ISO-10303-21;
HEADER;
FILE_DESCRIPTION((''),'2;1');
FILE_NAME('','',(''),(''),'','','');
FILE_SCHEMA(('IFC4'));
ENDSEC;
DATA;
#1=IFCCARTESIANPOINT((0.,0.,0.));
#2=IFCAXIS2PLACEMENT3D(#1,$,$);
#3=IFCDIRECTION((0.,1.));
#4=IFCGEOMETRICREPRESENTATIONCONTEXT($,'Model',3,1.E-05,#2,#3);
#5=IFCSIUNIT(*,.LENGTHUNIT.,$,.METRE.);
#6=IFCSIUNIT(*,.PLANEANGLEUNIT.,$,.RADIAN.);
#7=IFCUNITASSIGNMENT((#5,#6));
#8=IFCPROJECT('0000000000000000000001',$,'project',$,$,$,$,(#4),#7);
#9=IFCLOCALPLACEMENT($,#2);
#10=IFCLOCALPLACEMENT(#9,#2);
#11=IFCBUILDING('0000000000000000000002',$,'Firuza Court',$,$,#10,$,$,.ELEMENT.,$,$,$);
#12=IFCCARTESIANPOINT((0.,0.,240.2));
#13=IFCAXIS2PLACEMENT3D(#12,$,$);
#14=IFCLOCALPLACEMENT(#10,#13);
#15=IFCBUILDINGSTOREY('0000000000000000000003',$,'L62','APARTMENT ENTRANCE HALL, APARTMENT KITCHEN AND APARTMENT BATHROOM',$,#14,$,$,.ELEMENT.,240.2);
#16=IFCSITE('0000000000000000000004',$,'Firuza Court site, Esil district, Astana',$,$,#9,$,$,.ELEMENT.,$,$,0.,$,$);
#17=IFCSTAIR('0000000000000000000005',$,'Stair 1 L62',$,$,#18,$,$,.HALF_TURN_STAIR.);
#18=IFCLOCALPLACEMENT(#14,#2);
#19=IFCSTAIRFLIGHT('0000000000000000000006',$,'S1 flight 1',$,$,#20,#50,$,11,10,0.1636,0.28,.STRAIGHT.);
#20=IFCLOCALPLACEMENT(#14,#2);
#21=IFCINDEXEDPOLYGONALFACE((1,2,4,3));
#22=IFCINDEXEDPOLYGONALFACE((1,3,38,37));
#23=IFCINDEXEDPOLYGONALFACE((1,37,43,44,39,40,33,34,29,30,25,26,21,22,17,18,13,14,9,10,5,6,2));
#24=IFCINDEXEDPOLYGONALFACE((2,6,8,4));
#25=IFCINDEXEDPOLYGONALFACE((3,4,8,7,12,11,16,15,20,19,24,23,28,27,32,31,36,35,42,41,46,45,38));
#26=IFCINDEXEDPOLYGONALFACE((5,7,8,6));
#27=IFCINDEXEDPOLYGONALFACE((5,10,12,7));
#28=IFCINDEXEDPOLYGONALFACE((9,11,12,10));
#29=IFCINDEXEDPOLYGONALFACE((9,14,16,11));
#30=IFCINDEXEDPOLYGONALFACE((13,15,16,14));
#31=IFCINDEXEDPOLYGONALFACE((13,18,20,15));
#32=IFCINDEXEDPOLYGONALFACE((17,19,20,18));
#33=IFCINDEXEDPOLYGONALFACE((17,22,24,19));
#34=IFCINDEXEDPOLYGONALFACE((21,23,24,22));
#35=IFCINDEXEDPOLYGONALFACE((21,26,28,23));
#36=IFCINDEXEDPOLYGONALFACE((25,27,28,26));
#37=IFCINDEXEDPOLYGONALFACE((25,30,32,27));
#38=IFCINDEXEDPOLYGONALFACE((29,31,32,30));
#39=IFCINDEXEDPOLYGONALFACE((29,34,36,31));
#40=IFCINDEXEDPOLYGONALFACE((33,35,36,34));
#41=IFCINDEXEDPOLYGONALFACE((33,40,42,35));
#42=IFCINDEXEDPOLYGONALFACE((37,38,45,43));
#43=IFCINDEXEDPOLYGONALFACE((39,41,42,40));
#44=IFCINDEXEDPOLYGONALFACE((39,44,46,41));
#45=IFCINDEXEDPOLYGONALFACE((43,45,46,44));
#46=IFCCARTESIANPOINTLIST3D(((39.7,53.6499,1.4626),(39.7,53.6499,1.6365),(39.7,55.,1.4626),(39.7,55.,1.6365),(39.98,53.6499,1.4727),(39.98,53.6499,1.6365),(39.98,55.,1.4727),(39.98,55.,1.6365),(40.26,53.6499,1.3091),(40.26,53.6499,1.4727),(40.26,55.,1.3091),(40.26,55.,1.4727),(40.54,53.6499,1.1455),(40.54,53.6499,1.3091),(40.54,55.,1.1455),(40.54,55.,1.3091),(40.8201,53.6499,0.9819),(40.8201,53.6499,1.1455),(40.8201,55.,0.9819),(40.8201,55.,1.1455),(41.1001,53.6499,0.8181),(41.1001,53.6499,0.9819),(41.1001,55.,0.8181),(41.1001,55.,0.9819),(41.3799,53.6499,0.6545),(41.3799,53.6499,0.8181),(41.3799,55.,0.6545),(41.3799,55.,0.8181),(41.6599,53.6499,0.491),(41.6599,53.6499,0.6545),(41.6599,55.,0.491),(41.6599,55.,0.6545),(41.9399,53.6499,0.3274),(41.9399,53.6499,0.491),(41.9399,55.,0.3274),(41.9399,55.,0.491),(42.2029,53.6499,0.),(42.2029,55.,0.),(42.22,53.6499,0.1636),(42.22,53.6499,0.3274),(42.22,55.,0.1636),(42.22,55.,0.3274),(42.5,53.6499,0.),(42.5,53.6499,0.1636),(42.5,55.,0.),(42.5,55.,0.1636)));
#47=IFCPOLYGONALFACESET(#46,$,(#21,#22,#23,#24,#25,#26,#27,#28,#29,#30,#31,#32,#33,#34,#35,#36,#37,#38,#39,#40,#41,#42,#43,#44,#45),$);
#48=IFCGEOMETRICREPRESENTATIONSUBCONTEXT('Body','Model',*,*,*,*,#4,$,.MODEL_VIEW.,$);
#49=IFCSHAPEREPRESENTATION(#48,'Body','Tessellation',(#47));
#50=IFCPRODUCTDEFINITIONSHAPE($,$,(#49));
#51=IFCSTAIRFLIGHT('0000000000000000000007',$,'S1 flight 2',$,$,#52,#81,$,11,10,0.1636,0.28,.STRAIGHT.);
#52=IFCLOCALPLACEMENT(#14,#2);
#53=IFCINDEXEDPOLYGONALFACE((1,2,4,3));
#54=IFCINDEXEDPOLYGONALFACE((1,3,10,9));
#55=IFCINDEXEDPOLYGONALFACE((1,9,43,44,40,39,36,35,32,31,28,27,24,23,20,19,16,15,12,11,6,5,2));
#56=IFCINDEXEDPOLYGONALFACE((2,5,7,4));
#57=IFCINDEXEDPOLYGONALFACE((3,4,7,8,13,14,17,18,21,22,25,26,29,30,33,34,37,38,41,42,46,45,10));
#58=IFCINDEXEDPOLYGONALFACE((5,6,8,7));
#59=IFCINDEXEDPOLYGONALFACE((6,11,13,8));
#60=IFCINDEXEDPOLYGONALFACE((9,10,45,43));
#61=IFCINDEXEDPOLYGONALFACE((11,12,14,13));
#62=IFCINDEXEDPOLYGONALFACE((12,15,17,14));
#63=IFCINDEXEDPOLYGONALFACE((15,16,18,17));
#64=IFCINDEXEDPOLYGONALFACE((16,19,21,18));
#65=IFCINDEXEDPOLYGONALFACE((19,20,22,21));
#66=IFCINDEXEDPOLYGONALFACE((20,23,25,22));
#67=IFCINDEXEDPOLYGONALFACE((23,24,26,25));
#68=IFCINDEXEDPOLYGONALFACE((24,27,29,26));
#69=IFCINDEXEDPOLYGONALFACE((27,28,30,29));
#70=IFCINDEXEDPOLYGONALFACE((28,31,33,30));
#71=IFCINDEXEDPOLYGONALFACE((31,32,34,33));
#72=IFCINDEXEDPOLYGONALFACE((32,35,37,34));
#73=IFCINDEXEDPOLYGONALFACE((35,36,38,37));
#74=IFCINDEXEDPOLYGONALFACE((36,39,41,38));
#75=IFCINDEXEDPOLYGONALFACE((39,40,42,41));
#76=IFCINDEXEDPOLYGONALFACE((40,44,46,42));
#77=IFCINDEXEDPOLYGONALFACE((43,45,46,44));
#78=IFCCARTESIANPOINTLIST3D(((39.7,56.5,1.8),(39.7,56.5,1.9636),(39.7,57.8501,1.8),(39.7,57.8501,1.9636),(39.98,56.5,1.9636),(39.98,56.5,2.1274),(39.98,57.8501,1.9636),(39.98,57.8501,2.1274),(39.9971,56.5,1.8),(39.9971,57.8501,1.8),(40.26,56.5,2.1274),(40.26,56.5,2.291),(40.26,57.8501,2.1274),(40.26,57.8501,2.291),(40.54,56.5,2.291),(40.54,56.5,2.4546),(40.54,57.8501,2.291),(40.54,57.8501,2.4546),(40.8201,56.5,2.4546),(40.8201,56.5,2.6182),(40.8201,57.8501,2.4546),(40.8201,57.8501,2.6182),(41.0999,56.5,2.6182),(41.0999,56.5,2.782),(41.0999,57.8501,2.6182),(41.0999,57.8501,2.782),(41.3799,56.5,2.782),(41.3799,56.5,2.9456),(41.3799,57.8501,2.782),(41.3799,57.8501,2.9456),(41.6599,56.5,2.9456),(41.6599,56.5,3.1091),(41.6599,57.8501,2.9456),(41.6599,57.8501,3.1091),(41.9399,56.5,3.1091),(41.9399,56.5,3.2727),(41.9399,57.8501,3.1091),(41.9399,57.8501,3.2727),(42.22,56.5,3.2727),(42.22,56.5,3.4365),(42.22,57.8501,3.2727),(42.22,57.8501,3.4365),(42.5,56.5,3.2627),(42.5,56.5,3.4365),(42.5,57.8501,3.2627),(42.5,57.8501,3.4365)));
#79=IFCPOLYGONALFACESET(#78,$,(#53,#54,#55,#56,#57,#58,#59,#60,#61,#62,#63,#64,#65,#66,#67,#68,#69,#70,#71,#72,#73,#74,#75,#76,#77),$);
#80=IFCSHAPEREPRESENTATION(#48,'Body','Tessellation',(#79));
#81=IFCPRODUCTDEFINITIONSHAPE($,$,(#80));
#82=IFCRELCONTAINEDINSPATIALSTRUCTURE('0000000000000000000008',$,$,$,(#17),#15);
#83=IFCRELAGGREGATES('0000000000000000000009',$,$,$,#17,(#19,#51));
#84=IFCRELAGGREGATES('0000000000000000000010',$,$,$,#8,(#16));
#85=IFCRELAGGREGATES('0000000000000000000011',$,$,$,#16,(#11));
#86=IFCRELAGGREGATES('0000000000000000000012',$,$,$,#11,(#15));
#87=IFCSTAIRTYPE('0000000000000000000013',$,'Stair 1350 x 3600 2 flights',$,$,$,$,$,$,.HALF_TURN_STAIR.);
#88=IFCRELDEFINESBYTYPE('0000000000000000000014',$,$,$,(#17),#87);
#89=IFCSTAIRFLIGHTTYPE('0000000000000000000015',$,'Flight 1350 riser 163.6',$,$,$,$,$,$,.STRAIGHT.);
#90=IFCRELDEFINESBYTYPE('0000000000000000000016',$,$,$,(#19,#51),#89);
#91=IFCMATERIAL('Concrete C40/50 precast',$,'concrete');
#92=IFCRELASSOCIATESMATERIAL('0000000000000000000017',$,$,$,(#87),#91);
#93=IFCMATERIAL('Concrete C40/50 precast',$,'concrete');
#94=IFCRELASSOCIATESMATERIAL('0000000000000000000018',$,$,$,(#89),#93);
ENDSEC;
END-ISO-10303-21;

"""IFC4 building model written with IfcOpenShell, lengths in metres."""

from ifc_helpers import new_model, si_unit, direction, frame, origin, place, context, subcontext, project, spatial, polyline, outline, extrude, material, type_object, element, aggregate, save


model = new_model("IFC4")

# Units and contexts
model_context = context("Model", 3, precision=1e-05, world=origin(), true_north=direction((0.0, 1.0)))
body_context = subcontext(model_context, "Body", "Model", "MODEL_VIEW")
ifc_project = project(units=[si_unit("LENGTHUNIT", "METRE"), si_unit("PLANEANGLEUNIT", "RADIAN")], contexts=[model_context])

# Site, building, storey
site_placement = place(None, origin())
site = spatial("IfcSite", under=ifc_project, at=site_placement, Name="Firuza Court site, Esil district, Astana", CompositionType="ELEMENT", RefElevation=0.0)
building_placement = place(site_placement, origin())
building = spatial("IfcBuilding", under=site, at=building_placement, Name="Firuza Court", CompositionType="ELEMENT")
storey_placement = place(building_placement, frame((0.0, 0.0, 240.2)))
storey = spatial("IfcBuildingStorey", under=building, at=storey_placement, Name="L62", Description="APARTMENT ENTRANCE HALL, APARTMENT KITCHEN AND APARTMENT BATHROOM", CompositionType="ELEMENT", Elevation=240.2)

# Stair, stair flights
ifc_material_1 = material(Name="Concrete C40/50 precast", Category="concrete")
stair_type = type_object("IfcStairType", Name="Stair 1350 x 3600 2 flights", PredefinedType="HALF_TURN_STAIR", material=ifc_material_1)
stair_placement = place(storey_placement, origin())
stair = element("IfcStair", 1, at=stair_placement, inside=storey, type_object=stair_type, Name="Stair 1 L62", PredefinedType="HALF_TURN_STAIR")
ifc_material_2 = material(Name="Concrete C40/50 precast", Category="concrete")
stair_flight_type = type_object("IfcStairFlightType", Name="Flight 1350 riser 163.6", PredefinedType="STRAIGHT", material=ifc_material_2)
stair_flight_1_placement = place(storey_placement, frame((42.5, 54.325, 0.0), z_axis=(0.0, 0.0, 1.0), x_axis=(-1.0, 0.0, 0.0)))
stair_flight_1 = element("IfcStairFlight", 2, at=stair_flight_1_placement, type_object=stair_flight_type, Name="S1 flight 1", NumberOfRisers=11, NumberOfTreads=10, PredefinedType="STRAIGHT", RiserHeight=0.1636, TreadLength=0.28, context=body_context, shape_type="SweptSolid", body=[
    extrude(outline(polyline([(0.0, 0.0), (0.0, 0.1636), (0.28, 0.1636), (0.28, 0.3274), (0.5601, 0.3274), (0.5601, 0.491), (0.8401, 0.491), (0.8401, 0.6545), (1.1201, 0.6545), (1.1201, 0.8181), (1.3999, 0.8181), (1.3999, 0.9819), (1.6799, 0.9819), (1.6799, 1.1455), (1.96, 1.1455), (1.96, 1.3091), (2.24, 1.3091), (2.24, 1.4727), (2.52, 1.4727), (2.52, 1.6365), (2.8, 1.6365), (2.8, 1.8), (2.8, 1.4626), (0.2971, 0.0), (0.0, 0.0)])), frame((0.0, 0.675, 0.0), z_axis=(0.0, -1.0, 0.0), x_axis=(1.0, 0.0, 0.0)), (0.0, 0.0, 1.0), 1.3501),
])
stair_flight_2_placement = place(storey_placement, frame((39.7, 57.175, 1.8), z_axis=(0.0, 0.0, 1.0), x_axis=(1.0, 0.0, 0.0)))
stair_flight_2 = element("IfcStairFlight", 3, at=stair_flight_2_placement, type_object=stair_flight_type, Name="S1 flight 2", NumberOfRisers=11, NumberOfTreads=10, PredefinedType="STRAIGHT", RiserHeight=0.1636, TreadLength=0.28, context=body_context, shape_type="SweptSolid", body=[
    extrude(outline(polyline([(0.0, 0.0), (0.0, 0.1636), (0.28, 0.1636), (0.28, 0.3274), (0.5601, 0.3274), (0.5601, 0.491), (0.8401, 0.491), (0.8401, 0.6545), (1.1201, 0.6545), (1.1201, 0.8181), (1.3999, 0.8181), (1.3999, 0.9819), (1.6799, 0.9819), (1.6799, 1.1455), (1.96, 1.1455), (1.96, 1.3091), (2.24, 1.3091), (2.24, 1.4727), (2.52, 1.4727), (2.52, 1.6365), (2.8, 1.6365), (2.8, 1.8), (2.8, 1.4626), (0.2971, 0.0), (0.0, 0.0)])), frame((0.0, 0.675, 0.0), z_axis=(0.0, -1.0, 0.0), x_axis=(1.0, 0.0, 0.0)), (0.0, 0.0, 1.0), 1.3501),
])
aggregate(stair, [stair_flight_1, stair_flight_2])

save(model, "model.ifc")
